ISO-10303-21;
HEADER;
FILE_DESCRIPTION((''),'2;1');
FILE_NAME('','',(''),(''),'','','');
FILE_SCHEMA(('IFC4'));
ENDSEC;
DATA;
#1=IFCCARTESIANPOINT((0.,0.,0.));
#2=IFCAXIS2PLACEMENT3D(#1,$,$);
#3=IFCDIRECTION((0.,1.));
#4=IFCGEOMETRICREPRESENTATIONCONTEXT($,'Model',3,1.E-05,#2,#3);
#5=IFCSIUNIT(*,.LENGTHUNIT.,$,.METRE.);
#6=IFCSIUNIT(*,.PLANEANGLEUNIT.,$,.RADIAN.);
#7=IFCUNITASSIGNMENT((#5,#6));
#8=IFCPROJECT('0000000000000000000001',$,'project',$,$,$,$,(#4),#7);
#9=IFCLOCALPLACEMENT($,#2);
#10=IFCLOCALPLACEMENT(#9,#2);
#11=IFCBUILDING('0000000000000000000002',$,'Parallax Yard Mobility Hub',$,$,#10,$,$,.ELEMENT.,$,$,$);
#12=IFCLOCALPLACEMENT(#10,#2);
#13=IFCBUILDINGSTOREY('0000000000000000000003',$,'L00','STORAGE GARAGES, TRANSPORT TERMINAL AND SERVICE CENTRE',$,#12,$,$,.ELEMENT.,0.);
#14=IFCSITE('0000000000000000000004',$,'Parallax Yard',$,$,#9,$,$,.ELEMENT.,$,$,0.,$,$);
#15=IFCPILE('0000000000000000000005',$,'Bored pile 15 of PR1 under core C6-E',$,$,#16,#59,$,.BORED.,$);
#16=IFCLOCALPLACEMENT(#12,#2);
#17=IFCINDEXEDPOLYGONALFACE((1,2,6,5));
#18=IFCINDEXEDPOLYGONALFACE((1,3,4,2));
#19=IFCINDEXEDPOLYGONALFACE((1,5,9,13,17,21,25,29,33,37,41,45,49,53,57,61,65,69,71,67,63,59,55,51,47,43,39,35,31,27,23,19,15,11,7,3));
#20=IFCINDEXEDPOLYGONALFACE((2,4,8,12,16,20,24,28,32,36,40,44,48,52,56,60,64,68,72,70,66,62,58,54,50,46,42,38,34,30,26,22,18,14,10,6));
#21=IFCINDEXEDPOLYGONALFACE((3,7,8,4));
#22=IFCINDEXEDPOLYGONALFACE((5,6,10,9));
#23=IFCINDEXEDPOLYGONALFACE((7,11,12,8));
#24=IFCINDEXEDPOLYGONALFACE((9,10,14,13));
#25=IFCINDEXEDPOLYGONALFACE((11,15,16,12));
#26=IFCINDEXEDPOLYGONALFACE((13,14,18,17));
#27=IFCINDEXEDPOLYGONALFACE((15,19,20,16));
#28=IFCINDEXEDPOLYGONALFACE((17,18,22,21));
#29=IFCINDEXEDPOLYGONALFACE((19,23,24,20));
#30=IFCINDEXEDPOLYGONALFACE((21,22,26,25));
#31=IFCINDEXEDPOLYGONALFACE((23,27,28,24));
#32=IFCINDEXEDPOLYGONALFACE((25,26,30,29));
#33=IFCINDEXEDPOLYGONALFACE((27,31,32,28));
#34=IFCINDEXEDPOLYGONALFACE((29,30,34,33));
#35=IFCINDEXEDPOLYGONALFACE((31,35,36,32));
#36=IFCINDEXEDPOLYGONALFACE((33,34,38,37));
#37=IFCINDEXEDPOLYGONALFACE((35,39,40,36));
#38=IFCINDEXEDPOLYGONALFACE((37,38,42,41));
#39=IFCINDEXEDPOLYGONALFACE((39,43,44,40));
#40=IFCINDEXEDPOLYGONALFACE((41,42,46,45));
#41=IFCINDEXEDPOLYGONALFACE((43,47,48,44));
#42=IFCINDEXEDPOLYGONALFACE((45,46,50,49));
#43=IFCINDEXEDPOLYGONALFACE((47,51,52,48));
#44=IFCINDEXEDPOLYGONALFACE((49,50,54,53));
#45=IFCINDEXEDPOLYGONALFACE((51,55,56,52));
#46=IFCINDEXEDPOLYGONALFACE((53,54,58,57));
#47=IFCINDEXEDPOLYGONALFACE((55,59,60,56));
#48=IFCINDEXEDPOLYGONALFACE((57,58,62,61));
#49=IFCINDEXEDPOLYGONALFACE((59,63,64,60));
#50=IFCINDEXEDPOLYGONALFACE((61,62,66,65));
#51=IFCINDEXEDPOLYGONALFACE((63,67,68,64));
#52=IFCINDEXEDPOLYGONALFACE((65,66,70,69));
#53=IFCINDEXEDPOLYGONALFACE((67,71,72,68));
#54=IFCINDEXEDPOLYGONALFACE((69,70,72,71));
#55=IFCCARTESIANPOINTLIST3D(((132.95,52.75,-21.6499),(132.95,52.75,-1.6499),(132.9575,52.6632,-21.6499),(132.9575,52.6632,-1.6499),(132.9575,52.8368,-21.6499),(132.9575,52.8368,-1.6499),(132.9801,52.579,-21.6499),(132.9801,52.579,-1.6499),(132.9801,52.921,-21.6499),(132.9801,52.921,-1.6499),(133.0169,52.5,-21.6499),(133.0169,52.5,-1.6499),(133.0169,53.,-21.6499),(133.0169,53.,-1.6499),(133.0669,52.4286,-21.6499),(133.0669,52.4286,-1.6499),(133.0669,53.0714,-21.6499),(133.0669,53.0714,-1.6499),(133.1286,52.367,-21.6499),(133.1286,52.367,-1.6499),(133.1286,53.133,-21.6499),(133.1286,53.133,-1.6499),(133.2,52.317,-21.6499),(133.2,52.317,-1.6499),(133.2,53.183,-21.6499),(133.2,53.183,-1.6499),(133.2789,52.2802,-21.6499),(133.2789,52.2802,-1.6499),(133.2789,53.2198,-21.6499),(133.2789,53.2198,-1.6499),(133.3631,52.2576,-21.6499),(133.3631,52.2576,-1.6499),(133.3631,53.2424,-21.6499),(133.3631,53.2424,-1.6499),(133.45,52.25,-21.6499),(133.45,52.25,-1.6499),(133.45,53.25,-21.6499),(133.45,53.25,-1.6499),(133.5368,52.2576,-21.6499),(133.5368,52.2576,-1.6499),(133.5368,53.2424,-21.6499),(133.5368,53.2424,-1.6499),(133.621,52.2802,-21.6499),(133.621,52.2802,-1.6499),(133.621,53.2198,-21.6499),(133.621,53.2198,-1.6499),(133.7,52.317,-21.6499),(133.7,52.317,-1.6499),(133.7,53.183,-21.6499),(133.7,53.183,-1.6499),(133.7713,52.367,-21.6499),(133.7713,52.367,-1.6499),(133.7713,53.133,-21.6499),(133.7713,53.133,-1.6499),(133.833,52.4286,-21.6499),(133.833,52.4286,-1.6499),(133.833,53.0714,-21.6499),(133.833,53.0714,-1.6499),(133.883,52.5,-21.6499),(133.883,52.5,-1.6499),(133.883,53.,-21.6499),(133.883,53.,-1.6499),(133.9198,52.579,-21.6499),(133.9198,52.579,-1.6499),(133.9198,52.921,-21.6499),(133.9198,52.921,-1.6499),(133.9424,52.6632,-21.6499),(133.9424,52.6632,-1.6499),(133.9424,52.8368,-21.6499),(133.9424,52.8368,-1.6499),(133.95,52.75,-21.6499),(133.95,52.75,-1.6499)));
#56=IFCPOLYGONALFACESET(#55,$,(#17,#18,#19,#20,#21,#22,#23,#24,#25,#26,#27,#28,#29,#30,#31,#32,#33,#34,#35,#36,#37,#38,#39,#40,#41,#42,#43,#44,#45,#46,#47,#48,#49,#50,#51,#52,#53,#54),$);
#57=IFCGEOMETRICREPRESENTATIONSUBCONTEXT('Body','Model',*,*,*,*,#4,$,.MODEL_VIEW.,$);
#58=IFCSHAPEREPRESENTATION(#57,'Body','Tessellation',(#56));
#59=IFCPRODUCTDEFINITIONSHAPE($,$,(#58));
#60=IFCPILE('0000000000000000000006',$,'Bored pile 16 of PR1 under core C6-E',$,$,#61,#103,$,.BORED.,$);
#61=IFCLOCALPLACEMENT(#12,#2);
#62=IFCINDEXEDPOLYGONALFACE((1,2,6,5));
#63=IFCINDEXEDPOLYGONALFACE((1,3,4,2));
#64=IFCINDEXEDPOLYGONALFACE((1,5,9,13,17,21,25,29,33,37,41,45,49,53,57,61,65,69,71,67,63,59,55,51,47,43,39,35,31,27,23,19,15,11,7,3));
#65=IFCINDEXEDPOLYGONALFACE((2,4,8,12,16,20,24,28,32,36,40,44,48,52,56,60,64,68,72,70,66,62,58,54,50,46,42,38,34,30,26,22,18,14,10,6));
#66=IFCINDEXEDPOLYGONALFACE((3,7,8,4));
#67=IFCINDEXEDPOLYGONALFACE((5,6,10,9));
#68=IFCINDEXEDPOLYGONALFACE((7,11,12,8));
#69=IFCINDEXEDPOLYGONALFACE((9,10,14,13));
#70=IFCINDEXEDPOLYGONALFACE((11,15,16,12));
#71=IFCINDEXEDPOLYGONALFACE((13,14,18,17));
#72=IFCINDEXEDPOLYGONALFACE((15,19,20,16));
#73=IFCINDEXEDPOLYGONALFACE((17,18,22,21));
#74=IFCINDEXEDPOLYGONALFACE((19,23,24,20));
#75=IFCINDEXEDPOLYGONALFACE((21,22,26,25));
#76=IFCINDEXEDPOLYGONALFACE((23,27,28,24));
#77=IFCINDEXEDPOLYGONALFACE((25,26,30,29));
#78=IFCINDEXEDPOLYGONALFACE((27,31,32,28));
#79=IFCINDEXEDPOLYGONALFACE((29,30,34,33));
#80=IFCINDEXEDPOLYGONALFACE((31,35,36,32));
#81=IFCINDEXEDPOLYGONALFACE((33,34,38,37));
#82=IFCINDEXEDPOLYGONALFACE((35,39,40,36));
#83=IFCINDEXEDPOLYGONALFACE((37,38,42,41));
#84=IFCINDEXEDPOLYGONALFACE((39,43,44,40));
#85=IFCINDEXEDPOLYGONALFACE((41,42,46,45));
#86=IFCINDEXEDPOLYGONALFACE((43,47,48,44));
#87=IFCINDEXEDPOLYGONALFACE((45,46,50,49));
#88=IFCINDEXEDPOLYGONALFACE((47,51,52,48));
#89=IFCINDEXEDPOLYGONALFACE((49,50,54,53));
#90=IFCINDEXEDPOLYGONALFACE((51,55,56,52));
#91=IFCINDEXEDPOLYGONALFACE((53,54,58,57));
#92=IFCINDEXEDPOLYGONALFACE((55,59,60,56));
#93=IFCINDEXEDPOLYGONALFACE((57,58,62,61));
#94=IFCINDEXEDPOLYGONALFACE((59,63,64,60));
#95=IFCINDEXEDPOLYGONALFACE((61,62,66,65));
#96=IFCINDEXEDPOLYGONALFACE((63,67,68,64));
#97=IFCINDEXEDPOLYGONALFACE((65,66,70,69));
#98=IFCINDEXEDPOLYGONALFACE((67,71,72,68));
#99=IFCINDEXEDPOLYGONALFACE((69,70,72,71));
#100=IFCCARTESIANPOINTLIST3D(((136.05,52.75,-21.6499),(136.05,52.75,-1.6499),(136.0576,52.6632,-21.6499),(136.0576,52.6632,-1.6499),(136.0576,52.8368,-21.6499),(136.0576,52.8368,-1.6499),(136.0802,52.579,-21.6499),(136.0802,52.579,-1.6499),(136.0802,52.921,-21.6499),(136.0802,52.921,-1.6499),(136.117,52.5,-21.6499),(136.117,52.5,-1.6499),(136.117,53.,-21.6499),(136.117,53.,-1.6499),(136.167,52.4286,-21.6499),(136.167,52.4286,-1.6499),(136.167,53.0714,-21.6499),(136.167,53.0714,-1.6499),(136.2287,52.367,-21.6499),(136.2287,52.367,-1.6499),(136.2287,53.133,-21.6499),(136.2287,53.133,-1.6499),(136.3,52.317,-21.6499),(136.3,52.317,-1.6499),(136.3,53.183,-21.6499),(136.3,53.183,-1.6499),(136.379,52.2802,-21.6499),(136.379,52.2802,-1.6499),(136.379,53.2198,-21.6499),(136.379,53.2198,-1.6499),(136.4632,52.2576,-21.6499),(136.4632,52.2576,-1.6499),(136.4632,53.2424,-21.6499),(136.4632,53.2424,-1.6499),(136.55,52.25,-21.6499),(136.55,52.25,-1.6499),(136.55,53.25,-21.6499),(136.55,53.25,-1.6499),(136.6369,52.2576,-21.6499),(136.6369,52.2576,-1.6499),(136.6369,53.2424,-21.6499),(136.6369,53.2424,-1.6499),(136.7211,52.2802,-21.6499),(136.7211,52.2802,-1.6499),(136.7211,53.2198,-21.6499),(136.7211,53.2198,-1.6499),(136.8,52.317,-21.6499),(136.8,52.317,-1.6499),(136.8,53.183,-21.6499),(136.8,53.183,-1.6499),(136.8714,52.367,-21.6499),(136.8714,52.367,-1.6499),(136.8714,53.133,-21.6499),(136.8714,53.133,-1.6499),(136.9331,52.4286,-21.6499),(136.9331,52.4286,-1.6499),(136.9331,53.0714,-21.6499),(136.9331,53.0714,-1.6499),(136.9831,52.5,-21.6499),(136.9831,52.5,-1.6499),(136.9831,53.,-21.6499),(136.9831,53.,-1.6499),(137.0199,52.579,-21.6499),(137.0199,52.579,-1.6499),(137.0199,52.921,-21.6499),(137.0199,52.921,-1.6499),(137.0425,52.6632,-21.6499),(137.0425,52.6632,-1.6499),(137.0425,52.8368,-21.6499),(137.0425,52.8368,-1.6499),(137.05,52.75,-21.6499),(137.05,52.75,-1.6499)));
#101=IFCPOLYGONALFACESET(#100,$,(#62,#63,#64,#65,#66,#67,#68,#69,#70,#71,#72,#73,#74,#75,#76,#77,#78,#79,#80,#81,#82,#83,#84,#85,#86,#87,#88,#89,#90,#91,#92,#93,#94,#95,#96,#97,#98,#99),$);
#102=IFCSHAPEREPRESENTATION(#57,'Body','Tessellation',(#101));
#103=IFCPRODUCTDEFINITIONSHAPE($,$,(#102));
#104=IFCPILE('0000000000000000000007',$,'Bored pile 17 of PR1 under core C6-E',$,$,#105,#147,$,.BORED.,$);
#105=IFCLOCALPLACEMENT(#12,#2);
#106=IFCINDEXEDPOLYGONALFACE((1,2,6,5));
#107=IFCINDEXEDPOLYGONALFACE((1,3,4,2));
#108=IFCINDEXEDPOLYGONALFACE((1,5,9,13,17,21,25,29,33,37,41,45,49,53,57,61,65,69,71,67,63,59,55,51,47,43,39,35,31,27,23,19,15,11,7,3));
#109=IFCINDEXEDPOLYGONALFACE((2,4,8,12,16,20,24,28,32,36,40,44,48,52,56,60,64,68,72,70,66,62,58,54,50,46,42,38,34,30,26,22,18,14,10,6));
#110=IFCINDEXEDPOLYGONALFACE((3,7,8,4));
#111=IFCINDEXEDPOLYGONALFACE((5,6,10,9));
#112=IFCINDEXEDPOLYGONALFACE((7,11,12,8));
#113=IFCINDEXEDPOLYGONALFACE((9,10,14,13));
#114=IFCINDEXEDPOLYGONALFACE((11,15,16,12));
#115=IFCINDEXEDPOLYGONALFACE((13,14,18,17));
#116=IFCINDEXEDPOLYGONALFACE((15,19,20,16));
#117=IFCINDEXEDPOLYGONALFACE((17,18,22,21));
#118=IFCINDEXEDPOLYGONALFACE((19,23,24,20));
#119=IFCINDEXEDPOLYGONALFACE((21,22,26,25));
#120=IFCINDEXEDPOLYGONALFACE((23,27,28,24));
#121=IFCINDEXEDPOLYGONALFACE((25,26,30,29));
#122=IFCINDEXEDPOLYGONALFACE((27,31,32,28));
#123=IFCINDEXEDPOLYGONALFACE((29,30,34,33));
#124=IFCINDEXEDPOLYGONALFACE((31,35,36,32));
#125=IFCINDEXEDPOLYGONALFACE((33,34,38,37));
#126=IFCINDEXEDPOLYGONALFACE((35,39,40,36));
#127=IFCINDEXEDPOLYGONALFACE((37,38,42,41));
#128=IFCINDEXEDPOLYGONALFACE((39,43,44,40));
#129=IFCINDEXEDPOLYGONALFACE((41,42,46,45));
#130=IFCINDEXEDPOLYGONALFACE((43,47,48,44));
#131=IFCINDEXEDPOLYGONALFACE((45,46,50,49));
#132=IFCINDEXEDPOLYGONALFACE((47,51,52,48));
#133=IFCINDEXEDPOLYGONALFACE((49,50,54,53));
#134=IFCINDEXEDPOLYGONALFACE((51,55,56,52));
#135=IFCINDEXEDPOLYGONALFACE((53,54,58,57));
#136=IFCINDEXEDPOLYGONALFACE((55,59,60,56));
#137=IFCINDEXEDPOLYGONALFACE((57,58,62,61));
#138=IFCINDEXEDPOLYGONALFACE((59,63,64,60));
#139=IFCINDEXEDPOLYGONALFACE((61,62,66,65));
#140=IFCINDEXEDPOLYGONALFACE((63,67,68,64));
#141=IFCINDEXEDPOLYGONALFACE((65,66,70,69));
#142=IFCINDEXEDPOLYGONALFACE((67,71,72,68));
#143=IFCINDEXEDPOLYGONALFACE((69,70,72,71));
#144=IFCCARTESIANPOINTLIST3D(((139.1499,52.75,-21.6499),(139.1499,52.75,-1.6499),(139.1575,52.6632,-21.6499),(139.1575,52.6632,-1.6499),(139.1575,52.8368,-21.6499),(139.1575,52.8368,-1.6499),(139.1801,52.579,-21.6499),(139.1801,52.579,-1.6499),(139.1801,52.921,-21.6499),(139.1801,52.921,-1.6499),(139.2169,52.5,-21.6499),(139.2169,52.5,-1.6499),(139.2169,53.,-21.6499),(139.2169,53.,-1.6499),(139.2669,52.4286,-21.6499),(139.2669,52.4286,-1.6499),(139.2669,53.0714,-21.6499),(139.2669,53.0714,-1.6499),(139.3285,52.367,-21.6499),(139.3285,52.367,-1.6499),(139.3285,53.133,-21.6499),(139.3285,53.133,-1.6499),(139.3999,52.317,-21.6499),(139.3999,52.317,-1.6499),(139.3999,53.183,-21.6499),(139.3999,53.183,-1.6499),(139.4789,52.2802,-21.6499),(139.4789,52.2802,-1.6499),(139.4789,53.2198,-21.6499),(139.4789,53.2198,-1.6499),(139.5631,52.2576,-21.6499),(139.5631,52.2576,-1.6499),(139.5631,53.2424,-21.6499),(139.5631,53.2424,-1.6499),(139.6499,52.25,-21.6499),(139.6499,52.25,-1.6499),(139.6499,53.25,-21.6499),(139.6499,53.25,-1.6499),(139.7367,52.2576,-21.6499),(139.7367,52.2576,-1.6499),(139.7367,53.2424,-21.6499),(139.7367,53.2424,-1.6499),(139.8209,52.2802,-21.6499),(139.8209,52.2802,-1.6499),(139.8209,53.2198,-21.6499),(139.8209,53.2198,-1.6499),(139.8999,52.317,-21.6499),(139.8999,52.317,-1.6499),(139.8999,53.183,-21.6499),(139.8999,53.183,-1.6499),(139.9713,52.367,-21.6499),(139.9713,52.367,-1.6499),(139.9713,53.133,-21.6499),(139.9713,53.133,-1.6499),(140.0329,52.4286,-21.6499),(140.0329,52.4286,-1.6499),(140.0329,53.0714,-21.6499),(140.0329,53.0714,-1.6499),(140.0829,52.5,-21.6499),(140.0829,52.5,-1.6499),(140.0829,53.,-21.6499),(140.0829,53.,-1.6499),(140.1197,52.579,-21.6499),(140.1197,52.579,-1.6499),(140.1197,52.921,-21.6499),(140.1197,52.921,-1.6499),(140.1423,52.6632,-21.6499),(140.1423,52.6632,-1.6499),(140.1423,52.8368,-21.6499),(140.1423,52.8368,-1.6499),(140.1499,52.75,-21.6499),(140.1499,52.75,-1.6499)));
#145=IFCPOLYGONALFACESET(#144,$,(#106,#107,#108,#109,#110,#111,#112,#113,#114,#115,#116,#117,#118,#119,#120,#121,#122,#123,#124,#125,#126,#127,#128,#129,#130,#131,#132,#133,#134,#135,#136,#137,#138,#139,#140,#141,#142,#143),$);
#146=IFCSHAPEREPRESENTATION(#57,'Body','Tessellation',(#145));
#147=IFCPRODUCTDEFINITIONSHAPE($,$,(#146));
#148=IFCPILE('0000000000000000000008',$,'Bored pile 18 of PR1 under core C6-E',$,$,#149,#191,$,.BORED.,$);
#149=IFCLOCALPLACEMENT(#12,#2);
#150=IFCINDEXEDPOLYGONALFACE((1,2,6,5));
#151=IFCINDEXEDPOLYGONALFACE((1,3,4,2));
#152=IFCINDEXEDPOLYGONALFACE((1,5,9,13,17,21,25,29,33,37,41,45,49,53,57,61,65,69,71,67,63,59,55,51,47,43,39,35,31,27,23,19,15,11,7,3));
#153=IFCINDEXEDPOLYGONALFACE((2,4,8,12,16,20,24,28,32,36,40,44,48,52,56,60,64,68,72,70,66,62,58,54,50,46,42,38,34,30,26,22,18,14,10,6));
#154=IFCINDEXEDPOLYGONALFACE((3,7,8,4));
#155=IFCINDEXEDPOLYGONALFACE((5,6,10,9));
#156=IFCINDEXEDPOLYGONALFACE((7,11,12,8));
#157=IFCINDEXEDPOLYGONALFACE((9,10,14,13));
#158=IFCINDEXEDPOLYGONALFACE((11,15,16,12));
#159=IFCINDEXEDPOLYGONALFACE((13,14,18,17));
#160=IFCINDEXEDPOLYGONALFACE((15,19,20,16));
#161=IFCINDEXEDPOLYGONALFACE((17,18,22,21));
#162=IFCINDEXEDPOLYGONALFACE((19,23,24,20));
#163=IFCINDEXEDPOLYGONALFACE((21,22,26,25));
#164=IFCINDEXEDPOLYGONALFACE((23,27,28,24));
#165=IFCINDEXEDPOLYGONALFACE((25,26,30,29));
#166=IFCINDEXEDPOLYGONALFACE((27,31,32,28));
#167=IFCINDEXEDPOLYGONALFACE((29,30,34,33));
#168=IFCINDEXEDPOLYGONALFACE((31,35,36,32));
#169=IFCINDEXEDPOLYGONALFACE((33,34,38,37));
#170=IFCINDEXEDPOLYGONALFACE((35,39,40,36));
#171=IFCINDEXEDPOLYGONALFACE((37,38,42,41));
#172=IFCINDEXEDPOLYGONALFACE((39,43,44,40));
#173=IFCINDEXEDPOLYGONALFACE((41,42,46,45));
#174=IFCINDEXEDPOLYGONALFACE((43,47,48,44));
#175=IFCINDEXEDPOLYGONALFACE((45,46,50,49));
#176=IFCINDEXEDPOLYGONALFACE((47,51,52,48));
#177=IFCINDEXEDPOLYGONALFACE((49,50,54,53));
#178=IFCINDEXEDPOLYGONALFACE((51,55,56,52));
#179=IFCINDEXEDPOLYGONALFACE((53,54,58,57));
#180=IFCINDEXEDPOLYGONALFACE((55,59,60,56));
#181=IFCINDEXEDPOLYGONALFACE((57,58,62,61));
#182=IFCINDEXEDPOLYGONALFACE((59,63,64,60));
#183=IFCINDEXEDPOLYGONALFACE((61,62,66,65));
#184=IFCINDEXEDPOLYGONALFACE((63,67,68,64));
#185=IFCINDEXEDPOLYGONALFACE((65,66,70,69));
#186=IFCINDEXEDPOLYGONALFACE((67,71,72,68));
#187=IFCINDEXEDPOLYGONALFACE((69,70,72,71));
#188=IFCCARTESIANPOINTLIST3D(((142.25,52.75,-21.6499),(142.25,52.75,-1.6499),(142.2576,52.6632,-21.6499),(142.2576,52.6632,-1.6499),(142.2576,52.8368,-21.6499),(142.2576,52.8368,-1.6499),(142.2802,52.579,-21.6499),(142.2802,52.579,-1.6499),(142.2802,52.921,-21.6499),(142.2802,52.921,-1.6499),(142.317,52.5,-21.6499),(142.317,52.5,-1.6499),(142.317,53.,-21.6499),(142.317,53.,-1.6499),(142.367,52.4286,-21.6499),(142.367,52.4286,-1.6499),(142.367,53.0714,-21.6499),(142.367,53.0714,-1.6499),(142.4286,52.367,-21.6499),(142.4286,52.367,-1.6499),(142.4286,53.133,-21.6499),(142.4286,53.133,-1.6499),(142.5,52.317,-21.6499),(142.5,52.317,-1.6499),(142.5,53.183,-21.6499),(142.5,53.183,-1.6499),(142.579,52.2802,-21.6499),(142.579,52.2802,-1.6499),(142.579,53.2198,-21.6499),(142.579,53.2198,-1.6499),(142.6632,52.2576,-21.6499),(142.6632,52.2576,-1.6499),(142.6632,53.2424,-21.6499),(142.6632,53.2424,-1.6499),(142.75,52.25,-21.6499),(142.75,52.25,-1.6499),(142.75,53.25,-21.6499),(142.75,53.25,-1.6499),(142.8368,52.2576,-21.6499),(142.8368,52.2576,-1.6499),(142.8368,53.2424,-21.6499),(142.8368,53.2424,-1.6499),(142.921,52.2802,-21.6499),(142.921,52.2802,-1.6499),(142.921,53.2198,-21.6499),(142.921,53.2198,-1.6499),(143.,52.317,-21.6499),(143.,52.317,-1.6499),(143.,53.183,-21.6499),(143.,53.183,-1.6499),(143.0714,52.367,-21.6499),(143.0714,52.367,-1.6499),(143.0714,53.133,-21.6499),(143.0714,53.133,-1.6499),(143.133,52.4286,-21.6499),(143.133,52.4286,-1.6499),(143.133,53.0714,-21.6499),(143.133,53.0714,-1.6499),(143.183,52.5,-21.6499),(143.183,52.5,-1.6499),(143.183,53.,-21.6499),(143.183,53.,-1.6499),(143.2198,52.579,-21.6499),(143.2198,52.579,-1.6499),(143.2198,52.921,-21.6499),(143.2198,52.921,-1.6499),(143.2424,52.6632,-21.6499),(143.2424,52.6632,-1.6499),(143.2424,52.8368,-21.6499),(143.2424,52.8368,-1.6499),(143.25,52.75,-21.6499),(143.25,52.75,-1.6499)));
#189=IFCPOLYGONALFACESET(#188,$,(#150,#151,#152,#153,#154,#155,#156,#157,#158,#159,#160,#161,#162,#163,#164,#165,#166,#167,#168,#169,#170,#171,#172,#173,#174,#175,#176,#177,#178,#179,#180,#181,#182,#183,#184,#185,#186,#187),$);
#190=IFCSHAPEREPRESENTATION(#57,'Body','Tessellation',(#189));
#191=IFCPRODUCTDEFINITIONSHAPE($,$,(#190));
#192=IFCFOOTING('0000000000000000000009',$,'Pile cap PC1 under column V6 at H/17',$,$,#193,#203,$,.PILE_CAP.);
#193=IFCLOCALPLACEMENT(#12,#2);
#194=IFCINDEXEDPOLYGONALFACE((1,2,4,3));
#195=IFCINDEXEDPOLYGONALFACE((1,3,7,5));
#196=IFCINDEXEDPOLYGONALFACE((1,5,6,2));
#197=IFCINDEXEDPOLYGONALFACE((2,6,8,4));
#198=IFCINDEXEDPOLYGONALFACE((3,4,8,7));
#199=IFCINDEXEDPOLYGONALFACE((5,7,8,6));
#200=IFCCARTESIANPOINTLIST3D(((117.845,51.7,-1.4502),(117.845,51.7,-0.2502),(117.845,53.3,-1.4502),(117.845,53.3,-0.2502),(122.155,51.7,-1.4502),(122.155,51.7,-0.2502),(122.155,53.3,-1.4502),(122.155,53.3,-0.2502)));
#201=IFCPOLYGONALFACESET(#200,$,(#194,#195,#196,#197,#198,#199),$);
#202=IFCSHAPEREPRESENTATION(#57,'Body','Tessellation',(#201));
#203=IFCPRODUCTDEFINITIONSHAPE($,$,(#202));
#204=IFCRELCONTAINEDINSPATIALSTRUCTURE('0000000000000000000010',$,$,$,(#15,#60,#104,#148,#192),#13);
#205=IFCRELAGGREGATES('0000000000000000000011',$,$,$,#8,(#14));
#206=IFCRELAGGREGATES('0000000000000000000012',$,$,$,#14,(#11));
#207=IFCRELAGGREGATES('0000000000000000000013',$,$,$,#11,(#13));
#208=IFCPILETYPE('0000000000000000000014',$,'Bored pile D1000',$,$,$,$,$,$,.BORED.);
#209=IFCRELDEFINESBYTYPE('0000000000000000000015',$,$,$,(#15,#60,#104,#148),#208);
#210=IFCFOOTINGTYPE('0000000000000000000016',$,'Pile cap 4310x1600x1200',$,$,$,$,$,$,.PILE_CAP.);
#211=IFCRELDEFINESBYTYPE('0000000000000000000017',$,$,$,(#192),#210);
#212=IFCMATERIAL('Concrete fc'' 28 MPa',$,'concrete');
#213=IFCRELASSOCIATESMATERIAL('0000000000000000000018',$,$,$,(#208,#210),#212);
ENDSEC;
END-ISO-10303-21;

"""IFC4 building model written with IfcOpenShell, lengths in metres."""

from ifc_helpers import new_model, si_unit, direction, frame, origin, origin_2d, place, context, subcontext, project, spatial, rectangle, circle, extrude, material, material_profile, profile_set, type_object, element, save


model = new_model("IFC4")

# Units and contexts
model_context = context("Model", 3, precision=1e-05, world=origin(), true_north=direction((0.0, 1.0)))
body_context = subcontext(model_context, "Body", "Model", "MODEL_VIEW")
ifc_project = project(units=[si_unit("LENGTHUNIT", "METRE"), si_unit("PLANEANGLEUNIT", "RADIAN")], contexts=[model_context])

# Site, building, storey
site_placement = place(None, origin())
site = spatial("IfcSite", under=ifc_project, at=site_placement, Name="Parallax Yard", CompositionType="ELEMENT", RefElevation=0.0)
building_placement = place(site_placement, origin())
building = spatial("IfcBuilding", under=site, at=building_placement, Name="Parallax Yard Mobility Hub", CompositionType="ELEMENT")
storey_placement = place(building_placement, origin())
storey = spatial("IfcBuildingStorey", under=building, at=storey_placement, Name="L00", Description="STORAGE GARAGES, TRANSPORT TERMINAL AND SERVICE CENTRE", CompositionType="ELEMENT", Elevation=0.0)

# Piles
ifc_material_1 = material(Name="Concrete fc' 28 MPa", Category="concrete")
ifc_material_profile_1 = material_profile(ifc_material_1, circle(Radius=0.5, at=origin_2d()), Name="Bored pile D1000")
ifc_profile_set_1 = profile_set([ifc_material_profile_1], Name="Concrete fc' 28 MPa")
pile_type = type_object("IfcPileType", Name="Bored pile D1000", PredefinedType="BORED", material=ifc_profile_set_1)
for number, where, z_axis, x_axis, name in (
    (1, (133.45, 52.75, -1.6499), (0.0, 0.0, -1.0), (1.0, 0.0, 0.0), "Bored pile 15 of PR1 under core C6-E"),
    (2, (136.55, 52.75, -1.6499), (0.0, 0.0, -1.0), (1.0, 0.0, 0.0), "Bored pile 16 of PR1 under core C6-E"),
    (3, (139.6499, 52.75, -1.6499), (0.0, 0.0, -1.0), (1.0, 0.0, 0.0), "Bored pile 17 of PR1 under core C6-E"),
    (4, (142.75, 52.75, -1.6499), (0.0, 0.0, -1.0), (1.0, 0.0, 0.0), "Bored pile 18 of PR1 under core C6-E"),
):
    element("IfcPile", number, at=place(storey_placement, frame(where, z_axis=z_axis, x_axis=x_axis)), inside=storey, type_object=pile_type, Name=name, PredefinedType="BORED", context=body_context, shape_type="SweptSolid", body=[
        extrude(circle(Radius=0.5, at=origin_2d()), origin(), (0.0, 0.0, 1.0), 20.0),
    ])

# Footing
footing_type = type_object("IfcFootingType", Name="Pile cap 4310x1600x1200", PredefinedType="PILE_CAP", material=ifc_material_1)
footing_placement = place(storey_placement, frame((120.0, 52.5, -1.4502), z_axis=(0.0, 0.0, 1.0), x_axis=(1.0, 0.0, 0.0)))
element("IfcFooting", 5, at=footing_placement, inside=storey, type_object=footing_type, Name="Pile cap PC1 under column V6 at H/17", PredefinedType="PILE_CAP", context=body_context, shape_type="SweptSolid", body=[
    extrude(rectangle(XDim=4.3101, YDim=1.6001, at=origin_2d()), origin(), (0.0, 0.0, 1.0), 1.2),
])

save(model, "model.ifc")
